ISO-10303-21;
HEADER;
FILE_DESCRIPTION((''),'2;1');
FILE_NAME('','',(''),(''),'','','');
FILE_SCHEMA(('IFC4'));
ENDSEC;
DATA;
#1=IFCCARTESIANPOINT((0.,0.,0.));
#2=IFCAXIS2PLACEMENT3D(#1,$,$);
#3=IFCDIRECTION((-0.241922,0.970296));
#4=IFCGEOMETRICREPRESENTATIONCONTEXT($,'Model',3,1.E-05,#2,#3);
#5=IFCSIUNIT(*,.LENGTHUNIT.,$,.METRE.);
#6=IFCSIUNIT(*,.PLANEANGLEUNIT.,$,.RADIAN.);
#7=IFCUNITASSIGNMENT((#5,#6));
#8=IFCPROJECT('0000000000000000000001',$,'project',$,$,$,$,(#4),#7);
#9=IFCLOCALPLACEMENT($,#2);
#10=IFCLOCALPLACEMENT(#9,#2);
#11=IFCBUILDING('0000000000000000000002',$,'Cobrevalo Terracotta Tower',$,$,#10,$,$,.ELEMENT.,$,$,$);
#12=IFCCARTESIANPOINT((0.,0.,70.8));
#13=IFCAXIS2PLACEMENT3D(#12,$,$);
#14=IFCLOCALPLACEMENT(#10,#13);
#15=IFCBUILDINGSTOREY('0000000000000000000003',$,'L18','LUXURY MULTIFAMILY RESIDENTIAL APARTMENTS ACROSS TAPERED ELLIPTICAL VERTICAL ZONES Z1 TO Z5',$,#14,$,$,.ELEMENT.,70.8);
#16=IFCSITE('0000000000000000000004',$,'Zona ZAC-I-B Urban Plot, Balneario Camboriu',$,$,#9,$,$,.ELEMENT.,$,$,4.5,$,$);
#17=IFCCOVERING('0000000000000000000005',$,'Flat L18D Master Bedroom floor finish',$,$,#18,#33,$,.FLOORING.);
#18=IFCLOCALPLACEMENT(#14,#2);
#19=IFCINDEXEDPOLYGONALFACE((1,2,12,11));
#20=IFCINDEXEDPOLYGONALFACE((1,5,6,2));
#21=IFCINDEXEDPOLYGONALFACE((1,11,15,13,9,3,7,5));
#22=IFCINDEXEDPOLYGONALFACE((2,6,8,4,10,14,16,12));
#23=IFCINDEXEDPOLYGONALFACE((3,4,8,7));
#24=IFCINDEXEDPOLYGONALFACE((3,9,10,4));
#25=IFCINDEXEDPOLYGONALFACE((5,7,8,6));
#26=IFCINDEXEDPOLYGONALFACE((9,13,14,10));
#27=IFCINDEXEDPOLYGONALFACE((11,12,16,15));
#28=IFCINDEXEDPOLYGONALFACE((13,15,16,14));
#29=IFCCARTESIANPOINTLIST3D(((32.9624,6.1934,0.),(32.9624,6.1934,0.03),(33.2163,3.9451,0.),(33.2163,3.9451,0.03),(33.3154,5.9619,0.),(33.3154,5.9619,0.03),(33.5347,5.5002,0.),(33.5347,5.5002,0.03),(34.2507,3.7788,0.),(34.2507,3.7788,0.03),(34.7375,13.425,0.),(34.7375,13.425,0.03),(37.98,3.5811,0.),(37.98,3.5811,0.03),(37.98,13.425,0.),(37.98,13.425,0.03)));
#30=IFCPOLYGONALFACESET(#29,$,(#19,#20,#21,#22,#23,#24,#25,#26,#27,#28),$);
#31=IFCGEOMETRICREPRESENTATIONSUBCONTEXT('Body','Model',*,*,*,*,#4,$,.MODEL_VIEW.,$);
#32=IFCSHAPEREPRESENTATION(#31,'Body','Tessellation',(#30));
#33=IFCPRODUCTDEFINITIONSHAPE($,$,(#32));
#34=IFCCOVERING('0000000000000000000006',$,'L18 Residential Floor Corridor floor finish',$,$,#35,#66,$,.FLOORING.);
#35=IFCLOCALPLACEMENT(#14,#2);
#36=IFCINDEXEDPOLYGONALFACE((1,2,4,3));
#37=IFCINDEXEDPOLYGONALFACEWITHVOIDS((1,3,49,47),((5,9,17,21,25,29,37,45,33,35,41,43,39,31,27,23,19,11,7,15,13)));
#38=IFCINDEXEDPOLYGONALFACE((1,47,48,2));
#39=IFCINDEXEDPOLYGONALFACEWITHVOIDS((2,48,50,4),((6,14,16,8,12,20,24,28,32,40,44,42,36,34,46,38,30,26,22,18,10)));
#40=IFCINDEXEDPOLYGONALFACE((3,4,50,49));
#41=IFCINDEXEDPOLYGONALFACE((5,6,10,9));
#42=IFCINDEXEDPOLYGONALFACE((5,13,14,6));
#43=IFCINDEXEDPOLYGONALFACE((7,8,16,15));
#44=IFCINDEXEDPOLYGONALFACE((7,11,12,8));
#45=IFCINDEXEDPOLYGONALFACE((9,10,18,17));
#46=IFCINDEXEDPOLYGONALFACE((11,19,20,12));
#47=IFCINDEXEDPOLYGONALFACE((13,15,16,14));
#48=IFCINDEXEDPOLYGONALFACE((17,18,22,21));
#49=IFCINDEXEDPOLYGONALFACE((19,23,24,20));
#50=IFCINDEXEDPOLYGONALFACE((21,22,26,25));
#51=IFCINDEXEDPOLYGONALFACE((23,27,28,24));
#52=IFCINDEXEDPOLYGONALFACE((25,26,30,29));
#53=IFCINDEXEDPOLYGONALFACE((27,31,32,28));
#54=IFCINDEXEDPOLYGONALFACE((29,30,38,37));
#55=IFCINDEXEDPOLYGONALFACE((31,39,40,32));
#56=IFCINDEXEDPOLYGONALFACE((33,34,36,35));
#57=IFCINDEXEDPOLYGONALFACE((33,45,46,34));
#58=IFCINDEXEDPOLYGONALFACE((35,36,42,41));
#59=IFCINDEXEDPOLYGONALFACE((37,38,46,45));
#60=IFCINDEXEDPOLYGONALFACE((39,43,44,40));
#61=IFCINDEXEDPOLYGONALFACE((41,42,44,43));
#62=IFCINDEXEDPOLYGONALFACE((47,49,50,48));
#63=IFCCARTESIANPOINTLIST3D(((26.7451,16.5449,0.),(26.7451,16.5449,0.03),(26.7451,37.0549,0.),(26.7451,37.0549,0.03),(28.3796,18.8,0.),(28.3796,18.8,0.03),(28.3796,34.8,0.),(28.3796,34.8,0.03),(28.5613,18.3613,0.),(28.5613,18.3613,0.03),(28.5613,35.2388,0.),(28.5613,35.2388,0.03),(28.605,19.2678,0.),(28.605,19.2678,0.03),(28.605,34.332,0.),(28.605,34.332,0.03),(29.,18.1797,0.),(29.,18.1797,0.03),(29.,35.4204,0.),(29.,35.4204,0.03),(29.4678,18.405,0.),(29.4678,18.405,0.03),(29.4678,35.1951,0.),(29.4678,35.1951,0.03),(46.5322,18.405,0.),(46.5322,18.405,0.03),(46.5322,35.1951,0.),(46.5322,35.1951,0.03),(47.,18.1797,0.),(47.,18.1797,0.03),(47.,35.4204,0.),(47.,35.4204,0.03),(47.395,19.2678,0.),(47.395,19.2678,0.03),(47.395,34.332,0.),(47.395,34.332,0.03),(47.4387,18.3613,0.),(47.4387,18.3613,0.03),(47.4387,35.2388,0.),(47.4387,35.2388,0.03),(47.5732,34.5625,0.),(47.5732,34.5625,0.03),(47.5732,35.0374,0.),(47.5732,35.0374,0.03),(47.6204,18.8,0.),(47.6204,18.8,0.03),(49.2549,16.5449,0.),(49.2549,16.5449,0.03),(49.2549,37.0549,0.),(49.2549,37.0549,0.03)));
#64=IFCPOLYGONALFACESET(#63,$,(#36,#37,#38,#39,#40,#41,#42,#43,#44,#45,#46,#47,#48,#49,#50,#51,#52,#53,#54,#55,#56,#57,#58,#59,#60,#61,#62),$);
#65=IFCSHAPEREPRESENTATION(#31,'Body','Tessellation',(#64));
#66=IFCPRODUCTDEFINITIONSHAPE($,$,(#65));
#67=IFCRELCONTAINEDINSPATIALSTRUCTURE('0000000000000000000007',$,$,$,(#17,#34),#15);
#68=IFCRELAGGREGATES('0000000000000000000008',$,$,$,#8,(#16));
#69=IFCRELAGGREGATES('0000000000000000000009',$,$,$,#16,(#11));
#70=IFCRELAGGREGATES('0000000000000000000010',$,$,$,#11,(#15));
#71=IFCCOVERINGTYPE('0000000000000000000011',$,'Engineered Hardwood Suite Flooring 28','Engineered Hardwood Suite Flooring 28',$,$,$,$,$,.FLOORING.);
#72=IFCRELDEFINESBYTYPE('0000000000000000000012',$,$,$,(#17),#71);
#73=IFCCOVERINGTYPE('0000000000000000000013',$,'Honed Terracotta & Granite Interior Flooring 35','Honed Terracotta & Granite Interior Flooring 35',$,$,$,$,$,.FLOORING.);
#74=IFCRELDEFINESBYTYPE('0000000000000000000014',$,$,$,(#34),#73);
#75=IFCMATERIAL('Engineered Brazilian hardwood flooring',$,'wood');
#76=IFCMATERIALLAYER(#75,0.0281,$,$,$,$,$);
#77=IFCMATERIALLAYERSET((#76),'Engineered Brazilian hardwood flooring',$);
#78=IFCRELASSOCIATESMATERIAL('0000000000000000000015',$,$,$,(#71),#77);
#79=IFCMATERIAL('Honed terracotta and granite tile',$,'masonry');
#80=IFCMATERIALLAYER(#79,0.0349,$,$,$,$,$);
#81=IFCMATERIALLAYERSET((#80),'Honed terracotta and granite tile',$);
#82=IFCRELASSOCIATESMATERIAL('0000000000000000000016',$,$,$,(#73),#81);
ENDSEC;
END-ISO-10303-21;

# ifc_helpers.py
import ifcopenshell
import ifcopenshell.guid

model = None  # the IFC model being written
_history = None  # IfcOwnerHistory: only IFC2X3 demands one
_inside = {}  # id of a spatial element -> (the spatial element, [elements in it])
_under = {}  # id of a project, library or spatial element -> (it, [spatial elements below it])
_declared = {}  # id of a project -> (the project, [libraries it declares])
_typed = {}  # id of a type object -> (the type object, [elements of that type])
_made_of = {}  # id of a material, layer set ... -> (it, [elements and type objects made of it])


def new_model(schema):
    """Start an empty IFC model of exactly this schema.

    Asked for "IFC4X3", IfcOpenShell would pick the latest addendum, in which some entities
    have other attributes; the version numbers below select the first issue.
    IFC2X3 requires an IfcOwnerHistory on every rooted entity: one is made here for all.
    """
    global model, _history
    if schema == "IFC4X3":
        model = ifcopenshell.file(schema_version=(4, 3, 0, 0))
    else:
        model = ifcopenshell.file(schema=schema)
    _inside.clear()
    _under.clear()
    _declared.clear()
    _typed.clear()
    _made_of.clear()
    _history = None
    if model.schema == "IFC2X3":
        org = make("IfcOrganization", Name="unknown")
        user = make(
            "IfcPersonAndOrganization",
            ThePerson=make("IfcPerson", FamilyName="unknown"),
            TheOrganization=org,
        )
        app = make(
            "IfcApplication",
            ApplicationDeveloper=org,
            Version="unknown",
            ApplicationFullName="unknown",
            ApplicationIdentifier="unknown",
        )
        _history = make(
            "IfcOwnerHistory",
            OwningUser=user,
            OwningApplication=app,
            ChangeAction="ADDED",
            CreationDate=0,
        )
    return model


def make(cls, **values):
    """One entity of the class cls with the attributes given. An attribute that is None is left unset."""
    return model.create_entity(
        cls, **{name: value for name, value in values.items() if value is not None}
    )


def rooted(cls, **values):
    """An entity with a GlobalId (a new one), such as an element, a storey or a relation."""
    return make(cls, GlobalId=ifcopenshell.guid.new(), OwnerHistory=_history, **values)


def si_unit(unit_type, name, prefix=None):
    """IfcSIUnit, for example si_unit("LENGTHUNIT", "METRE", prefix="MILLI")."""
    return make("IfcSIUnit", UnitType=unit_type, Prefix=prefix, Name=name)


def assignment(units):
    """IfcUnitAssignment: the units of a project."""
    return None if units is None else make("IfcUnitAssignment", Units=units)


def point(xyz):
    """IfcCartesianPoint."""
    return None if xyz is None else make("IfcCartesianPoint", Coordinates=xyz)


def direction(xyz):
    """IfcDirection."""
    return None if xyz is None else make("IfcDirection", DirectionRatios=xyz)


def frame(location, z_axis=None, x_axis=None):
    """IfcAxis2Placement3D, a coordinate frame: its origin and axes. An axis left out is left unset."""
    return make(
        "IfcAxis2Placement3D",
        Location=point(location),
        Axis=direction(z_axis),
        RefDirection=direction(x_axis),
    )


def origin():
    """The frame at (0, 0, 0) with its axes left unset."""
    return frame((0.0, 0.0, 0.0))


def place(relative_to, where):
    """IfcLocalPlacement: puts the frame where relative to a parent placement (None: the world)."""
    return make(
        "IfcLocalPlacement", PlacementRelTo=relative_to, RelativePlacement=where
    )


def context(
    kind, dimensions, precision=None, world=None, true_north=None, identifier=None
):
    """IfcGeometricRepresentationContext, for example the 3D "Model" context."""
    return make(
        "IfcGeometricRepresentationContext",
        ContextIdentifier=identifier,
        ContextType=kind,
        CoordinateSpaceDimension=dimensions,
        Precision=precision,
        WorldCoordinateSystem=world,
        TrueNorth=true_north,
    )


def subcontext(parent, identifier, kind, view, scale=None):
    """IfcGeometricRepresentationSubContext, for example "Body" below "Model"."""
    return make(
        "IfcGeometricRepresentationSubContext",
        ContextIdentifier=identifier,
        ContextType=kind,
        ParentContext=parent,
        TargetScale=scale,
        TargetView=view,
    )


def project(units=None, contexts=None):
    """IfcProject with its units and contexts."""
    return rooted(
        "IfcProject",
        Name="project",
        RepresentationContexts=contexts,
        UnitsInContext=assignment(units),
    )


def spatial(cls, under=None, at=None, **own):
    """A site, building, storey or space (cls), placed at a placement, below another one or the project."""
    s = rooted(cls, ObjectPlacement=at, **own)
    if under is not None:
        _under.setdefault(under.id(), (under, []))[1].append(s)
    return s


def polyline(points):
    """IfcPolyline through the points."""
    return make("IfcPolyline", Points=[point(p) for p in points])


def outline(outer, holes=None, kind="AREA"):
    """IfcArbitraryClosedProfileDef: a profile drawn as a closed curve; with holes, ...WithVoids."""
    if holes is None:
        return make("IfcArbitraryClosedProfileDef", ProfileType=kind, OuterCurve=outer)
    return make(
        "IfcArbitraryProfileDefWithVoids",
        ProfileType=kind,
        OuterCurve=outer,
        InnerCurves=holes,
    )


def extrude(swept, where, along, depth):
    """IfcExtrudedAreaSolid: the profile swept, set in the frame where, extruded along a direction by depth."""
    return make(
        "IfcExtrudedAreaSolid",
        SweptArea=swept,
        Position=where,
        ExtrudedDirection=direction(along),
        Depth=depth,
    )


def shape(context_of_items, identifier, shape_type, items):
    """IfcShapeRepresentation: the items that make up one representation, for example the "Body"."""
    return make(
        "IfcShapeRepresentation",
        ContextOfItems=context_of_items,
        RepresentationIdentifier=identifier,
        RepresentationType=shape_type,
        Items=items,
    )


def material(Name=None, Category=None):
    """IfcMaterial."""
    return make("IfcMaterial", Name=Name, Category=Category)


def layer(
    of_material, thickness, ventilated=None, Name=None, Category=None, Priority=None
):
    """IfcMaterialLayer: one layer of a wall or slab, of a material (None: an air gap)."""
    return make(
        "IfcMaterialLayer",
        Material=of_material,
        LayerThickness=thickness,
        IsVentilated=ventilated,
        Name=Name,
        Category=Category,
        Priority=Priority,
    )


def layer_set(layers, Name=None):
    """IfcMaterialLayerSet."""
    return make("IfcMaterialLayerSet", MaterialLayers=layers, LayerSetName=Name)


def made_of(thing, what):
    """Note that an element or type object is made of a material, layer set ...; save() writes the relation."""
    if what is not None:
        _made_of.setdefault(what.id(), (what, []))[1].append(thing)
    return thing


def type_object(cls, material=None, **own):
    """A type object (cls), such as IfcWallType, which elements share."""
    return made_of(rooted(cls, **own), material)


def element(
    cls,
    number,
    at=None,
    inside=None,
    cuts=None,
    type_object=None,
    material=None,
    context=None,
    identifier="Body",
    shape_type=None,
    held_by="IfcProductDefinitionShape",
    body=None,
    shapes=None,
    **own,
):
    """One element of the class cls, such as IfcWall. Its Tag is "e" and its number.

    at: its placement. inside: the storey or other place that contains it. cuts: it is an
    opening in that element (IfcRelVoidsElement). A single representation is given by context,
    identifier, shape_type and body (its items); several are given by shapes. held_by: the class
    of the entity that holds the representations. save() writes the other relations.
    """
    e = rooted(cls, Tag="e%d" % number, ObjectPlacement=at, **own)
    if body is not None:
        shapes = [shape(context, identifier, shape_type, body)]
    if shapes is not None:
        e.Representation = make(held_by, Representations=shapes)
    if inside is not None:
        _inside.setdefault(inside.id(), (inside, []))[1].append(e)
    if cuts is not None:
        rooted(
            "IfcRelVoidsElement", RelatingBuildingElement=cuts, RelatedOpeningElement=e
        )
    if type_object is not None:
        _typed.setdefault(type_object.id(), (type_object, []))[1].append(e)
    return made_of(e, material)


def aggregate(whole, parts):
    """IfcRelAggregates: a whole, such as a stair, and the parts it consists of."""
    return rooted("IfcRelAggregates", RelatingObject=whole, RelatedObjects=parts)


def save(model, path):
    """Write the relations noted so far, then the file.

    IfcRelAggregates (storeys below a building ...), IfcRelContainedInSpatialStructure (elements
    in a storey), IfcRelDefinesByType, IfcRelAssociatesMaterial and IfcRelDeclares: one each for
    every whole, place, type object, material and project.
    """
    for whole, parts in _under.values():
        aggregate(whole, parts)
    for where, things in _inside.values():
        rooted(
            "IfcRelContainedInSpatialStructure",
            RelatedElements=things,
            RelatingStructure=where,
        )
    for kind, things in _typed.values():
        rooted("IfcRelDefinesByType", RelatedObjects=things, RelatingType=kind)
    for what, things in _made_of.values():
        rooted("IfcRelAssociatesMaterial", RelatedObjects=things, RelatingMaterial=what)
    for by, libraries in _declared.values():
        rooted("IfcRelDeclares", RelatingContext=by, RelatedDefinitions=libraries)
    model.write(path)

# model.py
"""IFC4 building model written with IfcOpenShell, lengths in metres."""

from ifc_helpers import new_model, si_unit, direction, frame, origin, place, context, subcontext, project, spatial, polyline, outline, extrude, material, layer, layer_set, type_object, element, save


model = new_model("IFC4")

# Units and contexts
model_context = context("Model", 3, precision=1e-05, world=origin(), true_north=direction((-0.241922, 0.970296)))
body_context = subcontext(model_context, "Body", "Model", "MODEL_VIEW")
ifc_project = project(units=[si_unit("LENGTHUNIT", "METRE"), si_unit("PLANEANGLEUNIT", "RADIAN")], contexts=[model_context])

# Site, building, storey
site_placement = place(None, origin())
site = spatial("IfcSite", under=ifc_project, at=site_placement, Name="Zona ZAC-I-B Urban Plot, Balneario Camboriu", CompositionType="ELEMENT", RefElevation=4.5)
building_placement = place(site_placement, origin())
building = spatial("IfcBuilding", under=site, at=building_placement, Name="Cobrevalo Terracotta Tower", CompositionType="ELEMENT")
storey_placement = place(building_placement, frame((0.0, 0.0, 70.8)))
storey = spatial("IfcBuildingStorey", under=building, at=storey_placement, Name="L18", Description="LUXURY MULTIFAMILY RESIDENTIAL APARTMENTS ACROSS TAPERED ELLIPTICAL VERTICAL ZONES Z1 TO Z5", CompositionType="ELEMENT", Elevation=70.8)

# Coverings
ifc_material_1 = material(Name="Engineered Brazilian hardwood flooring", Category="wood")
ifc_layer_1 = layer(ifc_material_1, 0.0281)
ifc_layer_set_1 = layer_set([ifc_layer_1], Name="Engineered Brazilian hardwood flooring")
covering_type_1 = type_object("IfcCoveringType", Name="Engineered Hardwood Suite Flooring 28", Description="Engineered Hardwood Suite Flooring 28", PredefinedType="FLOORING", material=ifc_layer_set_1)
covering_1_placement = place(storey_placement, origin())
element("IfcCovering", 1, at=covering_1_placement, inside=storey, type_object=covering_type_1, Name="Flat L18D Master Bedroom floor finish", PredefinedType="FLOORING", context=body_context, shape_type="SweptSolid", body=[
    extrude(outline(polyline([(33.2163, 3.9451), (33.5347, 5.5002), (33.3154, 5.9619), (32.9624, 6.1934), (34.7375, 13.425), (37.98, 13.425), (37.98, 3.5811), (34.2507, 3.7788), (33.2163, 3.9451)])), origin(), (0.0, 0.0, 1.0), 0.03),
])
ifc_material_2 = material(Name="Honed terracotta and granite tile", Category="masonry")
ifc_layer_2 = layer(ifc_material_2, 0.0349)
ifc_layer_set_2 = layer_set([ifc_layer_2], Name="Honed terracotta and granite tile")
covering_type_2 = type_object("IfcCoveringType", Name="Honed Terracotta & Granite Interior Flooring 35", Description="Honed Terracotta & Granite Interior Flooring 35", PredefinedType="FLOORING", material=ifc_layer_set_2)
covering_2_placement = place(storey_placement, origin())
element("IfcCovering", 2, at=covering_2_placement, inside=storey, type_object=covering_type_2, Name="L18 Residential Floor Corridor floor finish", PredefinedType="FLOORING", context=body_context, shape_type="SweptSolid", body=[
    extrude(outline(polyline([(49.2549, 37.0549), (49.2549, 16.5449), (26.7451, 16.5449), (26.7451, 37.0549), (49.2549, 37.0549)]), holes=[polyline([(47.395, 34.332), (47.5732, 34.5625), (47.5732, 35.0374), (47.4387, 35.2388), (47.0, 35.4204), (46.5322, 35.1951), (29.4678, 35.1951), (29.0, 35.4204), (28.5613, 35.2388), (28.3796, 34.8), (28.605, 34.332), (28.605, 19.2678), (28.3796, 18.8), (28.5613, 18.3613), (29.0, 18.1797), (29.4678, 18.405), (46.5322, 18.405), (47.0, 18.1797), (47.4387, 18.3613), (47.6204, 18.8), (47.395, 19.2678), (47.395, 34.332)])]), origin(), (0.0, 0.0, 1.0), 0.03),
])

save(model, "model.ifc")
